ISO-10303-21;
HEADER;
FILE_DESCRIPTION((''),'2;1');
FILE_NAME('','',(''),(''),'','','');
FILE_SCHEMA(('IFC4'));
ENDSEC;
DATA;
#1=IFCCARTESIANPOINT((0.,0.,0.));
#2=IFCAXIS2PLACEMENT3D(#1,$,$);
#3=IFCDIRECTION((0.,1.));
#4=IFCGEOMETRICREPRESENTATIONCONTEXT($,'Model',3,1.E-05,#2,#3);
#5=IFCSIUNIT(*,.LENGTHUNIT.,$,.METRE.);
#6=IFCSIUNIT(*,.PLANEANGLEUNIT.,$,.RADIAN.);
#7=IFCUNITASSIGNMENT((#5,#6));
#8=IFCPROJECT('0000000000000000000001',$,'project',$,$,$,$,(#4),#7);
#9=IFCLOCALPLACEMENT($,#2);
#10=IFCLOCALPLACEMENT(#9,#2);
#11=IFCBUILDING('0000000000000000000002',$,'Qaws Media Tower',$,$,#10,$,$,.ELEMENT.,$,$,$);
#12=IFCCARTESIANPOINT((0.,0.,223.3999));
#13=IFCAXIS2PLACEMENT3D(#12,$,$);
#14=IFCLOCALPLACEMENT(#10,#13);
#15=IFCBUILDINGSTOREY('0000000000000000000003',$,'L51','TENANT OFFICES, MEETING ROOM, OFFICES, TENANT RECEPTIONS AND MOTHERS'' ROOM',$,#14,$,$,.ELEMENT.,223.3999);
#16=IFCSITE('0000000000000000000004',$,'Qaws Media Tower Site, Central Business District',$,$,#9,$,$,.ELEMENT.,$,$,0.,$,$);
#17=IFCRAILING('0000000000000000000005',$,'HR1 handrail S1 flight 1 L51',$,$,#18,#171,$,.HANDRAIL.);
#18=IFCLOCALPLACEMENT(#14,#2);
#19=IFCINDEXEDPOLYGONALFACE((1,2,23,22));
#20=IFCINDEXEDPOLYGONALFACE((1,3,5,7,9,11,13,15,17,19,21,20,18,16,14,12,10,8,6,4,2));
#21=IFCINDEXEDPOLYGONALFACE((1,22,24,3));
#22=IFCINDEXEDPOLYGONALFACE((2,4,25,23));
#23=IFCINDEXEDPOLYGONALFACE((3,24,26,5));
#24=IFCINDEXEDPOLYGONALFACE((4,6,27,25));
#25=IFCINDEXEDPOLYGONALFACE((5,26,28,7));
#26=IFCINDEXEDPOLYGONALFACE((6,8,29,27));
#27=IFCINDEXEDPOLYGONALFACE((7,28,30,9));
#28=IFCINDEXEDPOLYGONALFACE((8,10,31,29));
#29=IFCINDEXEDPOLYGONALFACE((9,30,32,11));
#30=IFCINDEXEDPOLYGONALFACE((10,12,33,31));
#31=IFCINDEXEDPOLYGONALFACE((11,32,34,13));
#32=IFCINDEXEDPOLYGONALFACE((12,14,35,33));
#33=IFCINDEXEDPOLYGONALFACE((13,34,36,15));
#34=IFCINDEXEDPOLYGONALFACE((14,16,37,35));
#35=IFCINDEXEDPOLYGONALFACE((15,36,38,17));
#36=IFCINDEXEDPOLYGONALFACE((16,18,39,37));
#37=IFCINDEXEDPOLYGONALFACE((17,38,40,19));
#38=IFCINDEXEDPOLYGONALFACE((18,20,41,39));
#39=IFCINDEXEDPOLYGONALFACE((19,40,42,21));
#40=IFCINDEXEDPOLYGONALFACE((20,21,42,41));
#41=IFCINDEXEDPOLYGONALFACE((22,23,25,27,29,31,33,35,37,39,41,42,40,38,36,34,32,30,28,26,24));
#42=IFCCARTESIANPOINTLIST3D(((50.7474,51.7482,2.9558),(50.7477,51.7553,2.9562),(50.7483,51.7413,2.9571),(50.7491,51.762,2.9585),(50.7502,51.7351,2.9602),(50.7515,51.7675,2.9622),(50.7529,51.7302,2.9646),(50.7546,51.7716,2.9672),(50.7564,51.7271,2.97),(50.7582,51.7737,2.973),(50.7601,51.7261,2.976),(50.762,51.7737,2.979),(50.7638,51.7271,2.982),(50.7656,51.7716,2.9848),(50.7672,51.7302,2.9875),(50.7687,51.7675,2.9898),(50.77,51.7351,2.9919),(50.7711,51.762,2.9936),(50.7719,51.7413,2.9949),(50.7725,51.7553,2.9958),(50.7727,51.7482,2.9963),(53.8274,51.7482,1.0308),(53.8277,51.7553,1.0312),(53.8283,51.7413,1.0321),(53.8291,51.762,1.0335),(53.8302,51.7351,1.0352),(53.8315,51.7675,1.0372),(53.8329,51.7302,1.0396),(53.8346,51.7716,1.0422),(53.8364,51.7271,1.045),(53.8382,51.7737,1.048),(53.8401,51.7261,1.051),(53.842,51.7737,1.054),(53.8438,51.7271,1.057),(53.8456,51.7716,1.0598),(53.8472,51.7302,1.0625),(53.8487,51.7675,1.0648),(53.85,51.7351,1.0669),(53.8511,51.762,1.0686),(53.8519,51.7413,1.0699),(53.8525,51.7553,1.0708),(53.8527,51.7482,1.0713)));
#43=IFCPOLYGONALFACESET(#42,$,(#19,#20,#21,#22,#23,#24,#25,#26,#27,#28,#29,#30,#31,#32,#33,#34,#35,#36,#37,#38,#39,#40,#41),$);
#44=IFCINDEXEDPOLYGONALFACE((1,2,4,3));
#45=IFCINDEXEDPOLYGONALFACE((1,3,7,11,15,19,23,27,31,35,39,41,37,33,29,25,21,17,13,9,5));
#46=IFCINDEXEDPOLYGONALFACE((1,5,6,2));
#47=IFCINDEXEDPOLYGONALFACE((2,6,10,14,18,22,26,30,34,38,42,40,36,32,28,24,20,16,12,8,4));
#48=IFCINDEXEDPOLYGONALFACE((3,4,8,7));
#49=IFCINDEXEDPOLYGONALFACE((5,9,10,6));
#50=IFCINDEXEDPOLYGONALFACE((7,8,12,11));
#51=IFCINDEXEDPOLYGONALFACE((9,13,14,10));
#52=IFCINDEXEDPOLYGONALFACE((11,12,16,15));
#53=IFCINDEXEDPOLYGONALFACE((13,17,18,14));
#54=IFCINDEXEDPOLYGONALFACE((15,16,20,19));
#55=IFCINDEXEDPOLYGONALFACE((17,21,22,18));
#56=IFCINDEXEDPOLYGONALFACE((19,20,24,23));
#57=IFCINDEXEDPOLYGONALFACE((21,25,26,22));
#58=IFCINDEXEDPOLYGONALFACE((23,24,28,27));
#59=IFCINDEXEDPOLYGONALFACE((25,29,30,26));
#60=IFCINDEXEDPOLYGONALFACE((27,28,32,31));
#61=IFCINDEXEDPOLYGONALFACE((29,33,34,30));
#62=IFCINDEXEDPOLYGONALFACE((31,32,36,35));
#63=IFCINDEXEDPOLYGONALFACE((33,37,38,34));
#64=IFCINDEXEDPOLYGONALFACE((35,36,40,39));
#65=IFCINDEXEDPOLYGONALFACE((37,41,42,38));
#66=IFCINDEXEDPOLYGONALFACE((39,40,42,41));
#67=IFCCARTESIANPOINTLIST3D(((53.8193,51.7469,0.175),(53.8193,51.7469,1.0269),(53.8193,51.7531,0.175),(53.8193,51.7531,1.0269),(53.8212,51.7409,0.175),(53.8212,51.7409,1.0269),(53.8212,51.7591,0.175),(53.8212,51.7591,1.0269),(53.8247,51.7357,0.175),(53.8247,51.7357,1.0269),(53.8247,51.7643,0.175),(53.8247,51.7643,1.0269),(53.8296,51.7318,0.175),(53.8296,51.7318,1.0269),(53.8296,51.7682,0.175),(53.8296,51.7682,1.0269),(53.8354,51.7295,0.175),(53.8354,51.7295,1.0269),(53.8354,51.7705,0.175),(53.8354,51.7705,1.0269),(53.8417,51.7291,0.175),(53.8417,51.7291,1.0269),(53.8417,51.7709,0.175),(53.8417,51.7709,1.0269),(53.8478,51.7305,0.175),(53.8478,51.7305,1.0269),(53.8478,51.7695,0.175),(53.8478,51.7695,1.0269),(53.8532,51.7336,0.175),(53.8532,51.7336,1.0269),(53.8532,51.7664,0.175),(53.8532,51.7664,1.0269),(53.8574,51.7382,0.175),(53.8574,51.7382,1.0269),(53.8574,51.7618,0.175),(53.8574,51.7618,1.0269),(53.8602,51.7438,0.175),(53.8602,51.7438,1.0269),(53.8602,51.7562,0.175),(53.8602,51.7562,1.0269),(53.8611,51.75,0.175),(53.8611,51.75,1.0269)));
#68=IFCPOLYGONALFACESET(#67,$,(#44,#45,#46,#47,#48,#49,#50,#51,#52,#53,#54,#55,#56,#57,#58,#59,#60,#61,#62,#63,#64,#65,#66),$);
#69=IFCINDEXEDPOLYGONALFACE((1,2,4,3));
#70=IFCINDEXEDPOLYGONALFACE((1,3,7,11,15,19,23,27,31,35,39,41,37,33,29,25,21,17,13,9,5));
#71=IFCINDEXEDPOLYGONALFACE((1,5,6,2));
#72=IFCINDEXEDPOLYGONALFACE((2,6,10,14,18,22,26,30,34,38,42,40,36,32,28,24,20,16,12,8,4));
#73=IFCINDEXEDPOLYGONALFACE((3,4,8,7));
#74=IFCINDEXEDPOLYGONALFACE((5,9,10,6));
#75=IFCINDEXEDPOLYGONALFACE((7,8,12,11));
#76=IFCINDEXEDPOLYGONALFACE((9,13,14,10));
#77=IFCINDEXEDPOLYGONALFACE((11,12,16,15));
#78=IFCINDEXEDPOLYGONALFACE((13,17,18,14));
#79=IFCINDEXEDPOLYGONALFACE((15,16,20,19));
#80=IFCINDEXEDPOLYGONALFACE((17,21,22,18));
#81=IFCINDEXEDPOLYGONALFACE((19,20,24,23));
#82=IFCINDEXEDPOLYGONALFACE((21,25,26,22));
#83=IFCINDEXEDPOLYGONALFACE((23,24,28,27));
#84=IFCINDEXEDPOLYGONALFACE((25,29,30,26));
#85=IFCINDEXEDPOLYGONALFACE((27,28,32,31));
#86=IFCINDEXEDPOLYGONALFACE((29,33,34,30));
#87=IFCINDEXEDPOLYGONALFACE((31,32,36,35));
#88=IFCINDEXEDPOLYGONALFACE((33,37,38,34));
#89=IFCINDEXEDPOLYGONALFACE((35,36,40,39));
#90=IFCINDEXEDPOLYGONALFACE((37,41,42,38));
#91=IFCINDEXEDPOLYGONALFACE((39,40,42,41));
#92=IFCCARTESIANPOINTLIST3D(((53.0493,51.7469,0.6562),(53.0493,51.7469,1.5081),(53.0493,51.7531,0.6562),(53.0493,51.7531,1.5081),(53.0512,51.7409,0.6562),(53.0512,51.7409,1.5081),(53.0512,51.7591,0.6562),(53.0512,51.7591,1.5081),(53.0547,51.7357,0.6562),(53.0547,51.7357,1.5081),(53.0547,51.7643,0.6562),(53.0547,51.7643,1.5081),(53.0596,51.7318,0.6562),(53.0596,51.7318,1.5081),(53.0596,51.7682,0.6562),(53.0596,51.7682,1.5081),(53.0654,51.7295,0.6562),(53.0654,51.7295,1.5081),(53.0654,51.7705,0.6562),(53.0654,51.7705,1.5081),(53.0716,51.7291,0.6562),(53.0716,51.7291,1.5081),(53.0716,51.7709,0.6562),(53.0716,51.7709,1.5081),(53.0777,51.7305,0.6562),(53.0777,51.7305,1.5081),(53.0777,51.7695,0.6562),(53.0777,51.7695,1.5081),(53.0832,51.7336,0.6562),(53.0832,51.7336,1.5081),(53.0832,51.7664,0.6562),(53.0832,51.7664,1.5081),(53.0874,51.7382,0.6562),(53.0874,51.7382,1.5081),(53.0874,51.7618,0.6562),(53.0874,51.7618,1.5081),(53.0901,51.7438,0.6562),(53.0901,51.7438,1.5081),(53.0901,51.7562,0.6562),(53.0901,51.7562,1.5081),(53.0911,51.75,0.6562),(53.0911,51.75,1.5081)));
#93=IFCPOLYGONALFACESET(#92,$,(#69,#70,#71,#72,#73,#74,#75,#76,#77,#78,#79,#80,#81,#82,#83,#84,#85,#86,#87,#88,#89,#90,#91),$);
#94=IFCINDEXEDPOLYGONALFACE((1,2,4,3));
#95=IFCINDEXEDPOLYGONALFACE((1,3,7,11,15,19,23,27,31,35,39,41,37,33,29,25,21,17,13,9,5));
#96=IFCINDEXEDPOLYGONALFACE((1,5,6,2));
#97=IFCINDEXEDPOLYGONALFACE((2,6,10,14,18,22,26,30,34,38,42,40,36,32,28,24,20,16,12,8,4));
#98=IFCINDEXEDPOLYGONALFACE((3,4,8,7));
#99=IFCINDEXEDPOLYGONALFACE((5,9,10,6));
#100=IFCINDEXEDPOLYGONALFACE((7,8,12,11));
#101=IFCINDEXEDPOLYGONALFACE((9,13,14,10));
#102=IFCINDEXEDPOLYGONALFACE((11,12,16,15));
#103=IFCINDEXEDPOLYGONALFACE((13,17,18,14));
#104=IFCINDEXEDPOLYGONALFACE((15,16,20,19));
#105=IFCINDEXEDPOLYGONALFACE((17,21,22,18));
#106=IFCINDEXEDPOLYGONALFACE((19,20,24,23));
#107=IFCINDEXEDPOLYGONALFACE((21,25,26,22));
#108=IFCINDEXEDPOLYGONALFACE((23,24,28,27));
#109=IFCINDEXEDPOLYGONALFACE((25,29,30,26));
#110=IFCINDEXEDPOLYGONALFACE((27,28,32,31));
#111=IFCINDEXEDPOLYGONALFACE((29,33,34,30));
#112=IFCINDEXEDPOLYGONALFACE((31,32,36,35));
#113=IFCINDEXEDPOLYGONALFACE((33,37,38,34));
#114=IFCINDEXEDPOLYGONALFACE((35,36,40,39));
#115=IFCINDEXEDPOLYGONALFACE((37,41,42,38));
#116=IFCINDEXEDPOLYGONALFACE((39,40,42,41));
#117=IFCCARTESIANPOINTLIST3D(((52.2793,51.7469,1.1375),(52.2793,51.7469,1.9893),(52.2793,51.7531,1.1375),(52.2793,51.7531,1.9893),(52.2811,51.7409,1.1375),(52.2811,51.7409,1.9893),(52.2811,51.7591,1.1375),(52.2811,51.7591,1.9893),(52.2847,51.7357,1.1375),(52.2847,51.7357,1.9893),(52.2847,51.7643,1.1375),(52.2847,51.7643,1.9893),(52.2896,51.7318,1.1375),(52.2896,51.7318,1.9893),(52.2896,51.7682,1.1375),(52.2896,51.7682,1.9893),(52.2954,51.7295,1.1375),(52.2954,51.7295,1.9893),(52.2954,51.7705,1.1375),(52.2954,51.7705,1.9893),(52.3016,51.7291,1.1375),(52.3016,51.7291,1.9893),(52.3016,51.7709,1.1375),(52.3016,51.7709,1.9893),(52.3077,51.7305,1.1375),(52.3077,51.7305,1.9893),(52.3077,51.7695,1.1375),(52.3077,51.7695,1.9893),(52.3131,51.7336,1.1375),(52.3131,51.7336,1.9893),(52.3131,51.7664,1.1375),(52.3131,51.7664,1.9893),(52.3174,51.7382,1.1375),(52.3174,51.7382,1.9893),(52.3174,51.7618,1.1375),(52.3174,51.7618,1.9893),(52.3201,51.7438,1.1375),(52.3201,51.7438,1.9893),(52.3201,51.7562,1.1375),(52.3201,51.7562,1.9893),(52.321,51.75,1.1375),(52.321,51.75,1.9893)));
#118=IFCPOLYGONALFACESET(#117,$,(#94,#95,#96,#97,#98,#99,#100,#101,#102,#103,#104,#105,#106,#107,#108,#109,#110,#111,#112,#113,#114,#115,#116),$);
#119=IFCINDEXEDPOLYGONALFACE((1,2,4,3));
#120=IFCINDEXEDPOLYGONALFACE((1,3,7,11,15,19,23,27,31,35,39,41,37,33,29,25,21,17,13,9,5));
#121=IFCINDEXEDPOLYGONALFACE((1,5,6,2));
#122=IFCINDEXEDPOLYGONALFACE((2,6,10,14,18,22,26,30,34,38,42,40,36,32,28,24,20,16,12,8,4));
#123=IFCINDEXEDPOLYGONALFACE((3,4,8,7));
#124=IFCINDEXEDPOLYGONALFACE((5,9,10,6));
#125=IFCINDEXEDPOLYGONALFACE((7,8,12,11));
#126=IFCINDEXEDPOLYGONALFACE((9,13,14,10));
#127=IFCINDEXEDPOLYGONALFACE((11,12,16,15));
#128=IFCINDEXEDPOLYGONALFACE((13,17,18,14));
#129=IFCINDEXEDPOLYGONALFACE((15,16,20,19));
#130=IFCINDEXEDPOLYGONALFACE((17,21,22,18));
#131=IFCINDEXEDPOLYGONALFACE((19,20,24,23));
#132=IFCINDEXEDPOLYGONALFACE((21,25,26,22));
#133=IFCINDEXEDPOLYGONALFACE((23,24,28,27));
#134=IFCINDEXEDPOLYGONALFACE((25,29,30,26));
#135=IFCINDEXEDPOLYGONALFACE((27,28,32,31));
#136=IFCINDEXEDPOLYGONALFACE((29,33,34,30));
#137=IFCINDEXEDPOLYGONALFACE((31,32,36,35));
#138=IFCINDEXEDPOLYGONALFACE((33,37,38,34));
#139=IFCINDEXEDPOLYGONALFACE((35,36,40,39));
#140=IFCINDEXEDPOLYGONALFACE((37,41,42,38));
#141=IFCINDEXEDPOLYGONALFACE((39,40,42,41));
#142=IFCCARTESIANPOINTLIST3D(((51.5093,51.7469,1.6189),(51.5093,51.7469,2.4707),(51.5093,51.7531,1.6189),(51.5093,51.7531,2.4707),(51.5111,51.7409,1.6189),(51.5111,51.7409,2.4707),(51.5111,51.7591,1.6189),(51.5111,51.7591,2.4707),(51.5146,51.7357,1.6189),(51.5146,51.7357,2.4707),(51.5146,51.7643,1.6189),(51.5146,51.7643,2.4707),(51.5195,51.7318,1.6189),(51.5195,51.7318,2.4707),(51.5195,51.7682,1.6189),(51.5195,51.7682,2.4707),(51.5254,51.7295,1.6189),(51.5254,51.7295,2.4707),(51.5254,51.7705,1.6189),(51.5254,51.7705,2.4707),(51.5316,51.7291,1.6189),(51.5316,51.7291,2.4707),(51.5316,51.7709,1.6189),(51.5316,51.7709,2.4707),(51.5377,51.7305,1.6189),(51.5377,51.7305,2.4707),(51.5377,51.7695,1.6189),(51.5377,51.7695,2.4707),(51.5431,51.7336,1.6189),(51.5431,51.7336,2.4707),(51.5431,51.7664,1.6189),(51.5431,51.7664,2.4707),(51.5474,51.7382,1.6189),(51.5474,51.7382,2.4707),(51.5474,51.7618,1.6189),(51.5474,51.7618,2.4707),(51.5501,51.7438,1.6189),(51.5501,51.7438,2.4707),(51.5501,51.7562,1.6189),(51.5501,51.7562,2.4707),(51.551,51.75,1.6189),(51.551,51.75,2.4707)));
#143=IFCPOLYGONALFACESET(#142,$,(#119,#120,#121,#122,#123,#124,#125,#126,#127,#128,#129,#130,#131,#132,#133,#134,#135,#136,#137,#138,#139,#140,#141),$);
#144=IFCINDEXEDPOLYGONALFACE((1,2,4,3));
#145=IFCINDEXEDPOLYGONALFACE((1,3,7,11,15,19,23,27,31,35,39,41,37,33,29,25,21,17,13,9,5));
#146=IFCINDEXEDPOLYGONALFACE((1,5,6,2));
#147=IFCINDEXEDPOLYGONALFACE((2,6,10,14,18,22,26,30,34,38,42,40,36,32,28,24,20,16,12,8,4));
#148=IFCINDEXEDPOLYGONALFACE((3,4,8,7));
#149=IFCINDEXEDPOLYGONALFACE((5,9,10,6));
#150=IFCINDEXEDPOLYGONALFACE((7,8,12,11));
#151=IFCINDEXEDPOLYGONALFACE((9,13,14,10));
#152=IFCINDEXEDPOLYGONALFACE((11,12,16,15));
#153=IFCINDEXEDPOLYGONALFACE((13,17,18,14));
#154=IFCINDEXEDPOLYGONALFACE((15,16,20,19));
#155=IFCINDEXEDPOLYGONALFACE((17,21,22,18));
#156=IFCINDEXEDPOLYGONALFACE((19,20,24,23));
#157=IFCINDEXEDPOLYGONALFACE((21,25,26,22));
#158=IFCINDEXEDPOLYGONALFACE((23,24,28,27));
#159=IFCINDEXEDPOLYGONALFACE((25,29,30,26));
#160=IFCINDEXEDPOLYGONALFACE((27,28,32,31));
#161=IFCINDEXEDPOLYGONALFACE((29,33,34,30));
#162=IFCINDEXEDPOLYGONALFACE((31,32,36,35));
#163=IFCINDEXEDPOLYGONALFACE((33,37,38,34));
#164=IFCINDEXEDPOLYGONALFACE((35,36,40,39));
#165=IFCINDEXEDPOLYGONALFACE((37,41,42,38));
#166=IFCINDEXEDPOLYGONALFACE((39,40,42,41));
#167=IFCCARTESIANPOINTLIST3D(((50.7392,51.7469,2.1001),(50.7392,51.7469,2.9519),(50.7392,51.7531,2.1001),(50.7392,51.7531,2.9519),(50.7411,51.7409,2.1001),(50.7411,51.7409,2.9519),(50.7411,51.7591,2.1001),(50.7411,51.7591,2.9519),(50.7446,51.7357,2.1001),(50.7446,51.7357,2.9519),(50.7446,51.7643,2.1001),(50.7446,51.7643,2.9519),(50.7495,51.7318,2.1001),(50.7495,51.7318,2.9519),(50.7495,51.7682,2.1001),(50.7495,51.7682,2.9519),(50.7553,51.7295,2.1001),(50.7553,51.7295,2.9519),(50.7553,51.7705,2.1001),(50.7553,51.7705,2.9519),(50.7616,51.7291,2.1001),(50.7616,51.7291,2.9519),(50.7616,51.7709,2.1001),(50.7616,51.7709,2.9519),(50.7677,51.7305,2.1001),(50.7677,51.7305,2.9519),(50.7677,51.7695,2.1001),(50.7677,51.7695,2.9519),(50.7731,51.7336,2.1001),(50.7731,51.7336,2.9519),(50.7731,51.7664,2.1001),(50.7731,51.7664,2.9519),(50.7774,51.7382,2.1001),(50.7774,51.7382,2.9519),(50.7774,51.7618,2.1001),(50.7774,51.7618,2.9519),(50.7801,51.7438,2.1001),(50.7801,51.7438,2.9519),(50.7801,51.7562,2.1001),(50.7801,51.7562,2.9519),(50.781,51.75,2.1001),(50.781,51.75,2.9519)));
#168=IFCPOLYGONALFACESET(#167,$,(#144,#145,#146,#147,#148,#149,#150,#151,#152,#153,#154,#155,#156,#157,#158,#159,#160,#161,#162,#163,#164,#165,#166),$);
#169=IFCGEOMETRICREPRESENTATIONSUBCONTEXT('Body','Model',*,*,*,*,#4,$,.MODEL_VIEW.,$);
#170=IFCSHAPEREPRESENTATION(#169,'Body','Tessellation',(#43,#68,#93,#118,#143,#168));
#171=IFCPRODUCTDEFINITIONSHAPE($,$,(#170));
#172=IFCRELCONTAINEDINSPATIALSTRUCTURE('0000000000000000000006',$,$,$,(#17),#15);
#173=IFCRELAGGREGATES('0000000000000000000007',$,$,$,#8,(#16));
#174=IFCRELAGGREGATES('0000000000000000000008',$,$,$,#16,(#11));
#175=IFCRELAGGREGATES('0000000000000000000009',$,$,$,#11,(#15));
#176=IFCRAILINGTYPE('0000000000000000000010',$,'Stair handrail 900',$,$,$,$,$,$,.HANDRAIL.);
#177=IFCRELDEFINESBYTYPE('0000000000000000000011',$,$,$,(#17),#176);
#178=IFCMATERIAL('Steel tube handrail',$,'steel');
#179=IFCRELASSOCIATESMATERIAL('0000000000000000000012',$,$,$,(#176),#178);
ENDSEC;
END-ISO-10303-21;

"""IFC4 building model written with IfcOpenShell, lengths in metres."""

from ifc_helpers import new_model, si_unit, direction, frame, origin, origin_2d, place, context, subcontext, project, spatial, circle, extrude, material, type_object, element, save


model = new_model("IFC4")

# Units and contexts
model_context = context("Model", 3, precision=1e-05, world=origin(), true_north=direction((0.0, 1.0)))
body_context = subcontext(model_context, "Body", "Model", "MODEL_VIEW")
ifc_project = project(units=[si_unit("LENGTHUNIT", "METRE"), si_unit("PLANEANGLEUNIT", "RADIAN")], contexts=[model_context])

# Site, building, storey
site_placement = place(None, origin())
site = spatial("IfcSite", under=ifc_project, at=site_placement, Name="Qaws Media Tower Site, Central Business District", CompositionType="ELEMENT", RefElevation=0.0)
building_placement = place(site_placement, origin())
building = spatial("IfcBuilding", under=site, at=building_placement, Name="Qaws Media Tower", CompositionType="ELEMENT")
storey_placement = place(building_placement, frame((0.0, 0.0, 223.3999)))
storey = spatial("IfcBuildingStorey", under=building, at=storey_placement, Name="L51", Description="TENANT OFFICES, MEETING ROOM, OFFICES, TENANT RECEPTIONS AND MOTHERS' ROOM", CompositionType="ELEMENT", Elevation=223.3999)

# Railing
ifc_material_1 = material(Name="Steel tube handrail", Category="steel")
railing_type = type_object("IfcRailingType", Name="Stair handrail 900", PredefinedType="HANDRAIL", material=ifc_material_1)
for number, where, name in (
    (1, (53.8401, 51.75, 0.175), "HR1 handrail S1 flight 1 L51"),
):
    element("IfcRailing", number, at=place(storey_placement, frame(where)), inside=storey, type_object=railing_type, Name=name, PredefinedType="HANDRAIL", context=body_context, shape_type="SweptSolid", body=[
        extrude(circle(Radius=0.0239, at=origin_2d()), frame((0.0, 0.0, 0.876), z_axis=(-0.847998, 0.0, 0.529999), x_axis=(0.0, -1.0, 0.0)), (0.0, 0.0, 1.0), 3.6321),
        extrude(circle(Radius=0.021, at=origin_2d()), origin(), (0.0, 0.0, 1.0), 0.8518),
        extrude(circle(Radius=0.021, at=origin_2d()), frame((-0.77, 0.0, 0.4812)), (0.0, 0.0, 1.0), 0.8518),
        extrude(circle(Radius=0.021, at=origin_2d()), frame((-1.54, 0.0, 0.9624)), (0.0, 0.0, 1.0), 0.8518),
        extrude(circle(Radius=0.021, at=origin_2d()), frame((-2.3101, 0.0, 1.4438)), (0.0, 0.0, 1.0), 0.8518),
        extrude(circle(Radius=0.021, at=origin_2d()), frame((-3.0801, 0.0, 1.925)), (0.0, 0.0, 1.0), 0.8518),
    ])

save(model, "model.ifc")
